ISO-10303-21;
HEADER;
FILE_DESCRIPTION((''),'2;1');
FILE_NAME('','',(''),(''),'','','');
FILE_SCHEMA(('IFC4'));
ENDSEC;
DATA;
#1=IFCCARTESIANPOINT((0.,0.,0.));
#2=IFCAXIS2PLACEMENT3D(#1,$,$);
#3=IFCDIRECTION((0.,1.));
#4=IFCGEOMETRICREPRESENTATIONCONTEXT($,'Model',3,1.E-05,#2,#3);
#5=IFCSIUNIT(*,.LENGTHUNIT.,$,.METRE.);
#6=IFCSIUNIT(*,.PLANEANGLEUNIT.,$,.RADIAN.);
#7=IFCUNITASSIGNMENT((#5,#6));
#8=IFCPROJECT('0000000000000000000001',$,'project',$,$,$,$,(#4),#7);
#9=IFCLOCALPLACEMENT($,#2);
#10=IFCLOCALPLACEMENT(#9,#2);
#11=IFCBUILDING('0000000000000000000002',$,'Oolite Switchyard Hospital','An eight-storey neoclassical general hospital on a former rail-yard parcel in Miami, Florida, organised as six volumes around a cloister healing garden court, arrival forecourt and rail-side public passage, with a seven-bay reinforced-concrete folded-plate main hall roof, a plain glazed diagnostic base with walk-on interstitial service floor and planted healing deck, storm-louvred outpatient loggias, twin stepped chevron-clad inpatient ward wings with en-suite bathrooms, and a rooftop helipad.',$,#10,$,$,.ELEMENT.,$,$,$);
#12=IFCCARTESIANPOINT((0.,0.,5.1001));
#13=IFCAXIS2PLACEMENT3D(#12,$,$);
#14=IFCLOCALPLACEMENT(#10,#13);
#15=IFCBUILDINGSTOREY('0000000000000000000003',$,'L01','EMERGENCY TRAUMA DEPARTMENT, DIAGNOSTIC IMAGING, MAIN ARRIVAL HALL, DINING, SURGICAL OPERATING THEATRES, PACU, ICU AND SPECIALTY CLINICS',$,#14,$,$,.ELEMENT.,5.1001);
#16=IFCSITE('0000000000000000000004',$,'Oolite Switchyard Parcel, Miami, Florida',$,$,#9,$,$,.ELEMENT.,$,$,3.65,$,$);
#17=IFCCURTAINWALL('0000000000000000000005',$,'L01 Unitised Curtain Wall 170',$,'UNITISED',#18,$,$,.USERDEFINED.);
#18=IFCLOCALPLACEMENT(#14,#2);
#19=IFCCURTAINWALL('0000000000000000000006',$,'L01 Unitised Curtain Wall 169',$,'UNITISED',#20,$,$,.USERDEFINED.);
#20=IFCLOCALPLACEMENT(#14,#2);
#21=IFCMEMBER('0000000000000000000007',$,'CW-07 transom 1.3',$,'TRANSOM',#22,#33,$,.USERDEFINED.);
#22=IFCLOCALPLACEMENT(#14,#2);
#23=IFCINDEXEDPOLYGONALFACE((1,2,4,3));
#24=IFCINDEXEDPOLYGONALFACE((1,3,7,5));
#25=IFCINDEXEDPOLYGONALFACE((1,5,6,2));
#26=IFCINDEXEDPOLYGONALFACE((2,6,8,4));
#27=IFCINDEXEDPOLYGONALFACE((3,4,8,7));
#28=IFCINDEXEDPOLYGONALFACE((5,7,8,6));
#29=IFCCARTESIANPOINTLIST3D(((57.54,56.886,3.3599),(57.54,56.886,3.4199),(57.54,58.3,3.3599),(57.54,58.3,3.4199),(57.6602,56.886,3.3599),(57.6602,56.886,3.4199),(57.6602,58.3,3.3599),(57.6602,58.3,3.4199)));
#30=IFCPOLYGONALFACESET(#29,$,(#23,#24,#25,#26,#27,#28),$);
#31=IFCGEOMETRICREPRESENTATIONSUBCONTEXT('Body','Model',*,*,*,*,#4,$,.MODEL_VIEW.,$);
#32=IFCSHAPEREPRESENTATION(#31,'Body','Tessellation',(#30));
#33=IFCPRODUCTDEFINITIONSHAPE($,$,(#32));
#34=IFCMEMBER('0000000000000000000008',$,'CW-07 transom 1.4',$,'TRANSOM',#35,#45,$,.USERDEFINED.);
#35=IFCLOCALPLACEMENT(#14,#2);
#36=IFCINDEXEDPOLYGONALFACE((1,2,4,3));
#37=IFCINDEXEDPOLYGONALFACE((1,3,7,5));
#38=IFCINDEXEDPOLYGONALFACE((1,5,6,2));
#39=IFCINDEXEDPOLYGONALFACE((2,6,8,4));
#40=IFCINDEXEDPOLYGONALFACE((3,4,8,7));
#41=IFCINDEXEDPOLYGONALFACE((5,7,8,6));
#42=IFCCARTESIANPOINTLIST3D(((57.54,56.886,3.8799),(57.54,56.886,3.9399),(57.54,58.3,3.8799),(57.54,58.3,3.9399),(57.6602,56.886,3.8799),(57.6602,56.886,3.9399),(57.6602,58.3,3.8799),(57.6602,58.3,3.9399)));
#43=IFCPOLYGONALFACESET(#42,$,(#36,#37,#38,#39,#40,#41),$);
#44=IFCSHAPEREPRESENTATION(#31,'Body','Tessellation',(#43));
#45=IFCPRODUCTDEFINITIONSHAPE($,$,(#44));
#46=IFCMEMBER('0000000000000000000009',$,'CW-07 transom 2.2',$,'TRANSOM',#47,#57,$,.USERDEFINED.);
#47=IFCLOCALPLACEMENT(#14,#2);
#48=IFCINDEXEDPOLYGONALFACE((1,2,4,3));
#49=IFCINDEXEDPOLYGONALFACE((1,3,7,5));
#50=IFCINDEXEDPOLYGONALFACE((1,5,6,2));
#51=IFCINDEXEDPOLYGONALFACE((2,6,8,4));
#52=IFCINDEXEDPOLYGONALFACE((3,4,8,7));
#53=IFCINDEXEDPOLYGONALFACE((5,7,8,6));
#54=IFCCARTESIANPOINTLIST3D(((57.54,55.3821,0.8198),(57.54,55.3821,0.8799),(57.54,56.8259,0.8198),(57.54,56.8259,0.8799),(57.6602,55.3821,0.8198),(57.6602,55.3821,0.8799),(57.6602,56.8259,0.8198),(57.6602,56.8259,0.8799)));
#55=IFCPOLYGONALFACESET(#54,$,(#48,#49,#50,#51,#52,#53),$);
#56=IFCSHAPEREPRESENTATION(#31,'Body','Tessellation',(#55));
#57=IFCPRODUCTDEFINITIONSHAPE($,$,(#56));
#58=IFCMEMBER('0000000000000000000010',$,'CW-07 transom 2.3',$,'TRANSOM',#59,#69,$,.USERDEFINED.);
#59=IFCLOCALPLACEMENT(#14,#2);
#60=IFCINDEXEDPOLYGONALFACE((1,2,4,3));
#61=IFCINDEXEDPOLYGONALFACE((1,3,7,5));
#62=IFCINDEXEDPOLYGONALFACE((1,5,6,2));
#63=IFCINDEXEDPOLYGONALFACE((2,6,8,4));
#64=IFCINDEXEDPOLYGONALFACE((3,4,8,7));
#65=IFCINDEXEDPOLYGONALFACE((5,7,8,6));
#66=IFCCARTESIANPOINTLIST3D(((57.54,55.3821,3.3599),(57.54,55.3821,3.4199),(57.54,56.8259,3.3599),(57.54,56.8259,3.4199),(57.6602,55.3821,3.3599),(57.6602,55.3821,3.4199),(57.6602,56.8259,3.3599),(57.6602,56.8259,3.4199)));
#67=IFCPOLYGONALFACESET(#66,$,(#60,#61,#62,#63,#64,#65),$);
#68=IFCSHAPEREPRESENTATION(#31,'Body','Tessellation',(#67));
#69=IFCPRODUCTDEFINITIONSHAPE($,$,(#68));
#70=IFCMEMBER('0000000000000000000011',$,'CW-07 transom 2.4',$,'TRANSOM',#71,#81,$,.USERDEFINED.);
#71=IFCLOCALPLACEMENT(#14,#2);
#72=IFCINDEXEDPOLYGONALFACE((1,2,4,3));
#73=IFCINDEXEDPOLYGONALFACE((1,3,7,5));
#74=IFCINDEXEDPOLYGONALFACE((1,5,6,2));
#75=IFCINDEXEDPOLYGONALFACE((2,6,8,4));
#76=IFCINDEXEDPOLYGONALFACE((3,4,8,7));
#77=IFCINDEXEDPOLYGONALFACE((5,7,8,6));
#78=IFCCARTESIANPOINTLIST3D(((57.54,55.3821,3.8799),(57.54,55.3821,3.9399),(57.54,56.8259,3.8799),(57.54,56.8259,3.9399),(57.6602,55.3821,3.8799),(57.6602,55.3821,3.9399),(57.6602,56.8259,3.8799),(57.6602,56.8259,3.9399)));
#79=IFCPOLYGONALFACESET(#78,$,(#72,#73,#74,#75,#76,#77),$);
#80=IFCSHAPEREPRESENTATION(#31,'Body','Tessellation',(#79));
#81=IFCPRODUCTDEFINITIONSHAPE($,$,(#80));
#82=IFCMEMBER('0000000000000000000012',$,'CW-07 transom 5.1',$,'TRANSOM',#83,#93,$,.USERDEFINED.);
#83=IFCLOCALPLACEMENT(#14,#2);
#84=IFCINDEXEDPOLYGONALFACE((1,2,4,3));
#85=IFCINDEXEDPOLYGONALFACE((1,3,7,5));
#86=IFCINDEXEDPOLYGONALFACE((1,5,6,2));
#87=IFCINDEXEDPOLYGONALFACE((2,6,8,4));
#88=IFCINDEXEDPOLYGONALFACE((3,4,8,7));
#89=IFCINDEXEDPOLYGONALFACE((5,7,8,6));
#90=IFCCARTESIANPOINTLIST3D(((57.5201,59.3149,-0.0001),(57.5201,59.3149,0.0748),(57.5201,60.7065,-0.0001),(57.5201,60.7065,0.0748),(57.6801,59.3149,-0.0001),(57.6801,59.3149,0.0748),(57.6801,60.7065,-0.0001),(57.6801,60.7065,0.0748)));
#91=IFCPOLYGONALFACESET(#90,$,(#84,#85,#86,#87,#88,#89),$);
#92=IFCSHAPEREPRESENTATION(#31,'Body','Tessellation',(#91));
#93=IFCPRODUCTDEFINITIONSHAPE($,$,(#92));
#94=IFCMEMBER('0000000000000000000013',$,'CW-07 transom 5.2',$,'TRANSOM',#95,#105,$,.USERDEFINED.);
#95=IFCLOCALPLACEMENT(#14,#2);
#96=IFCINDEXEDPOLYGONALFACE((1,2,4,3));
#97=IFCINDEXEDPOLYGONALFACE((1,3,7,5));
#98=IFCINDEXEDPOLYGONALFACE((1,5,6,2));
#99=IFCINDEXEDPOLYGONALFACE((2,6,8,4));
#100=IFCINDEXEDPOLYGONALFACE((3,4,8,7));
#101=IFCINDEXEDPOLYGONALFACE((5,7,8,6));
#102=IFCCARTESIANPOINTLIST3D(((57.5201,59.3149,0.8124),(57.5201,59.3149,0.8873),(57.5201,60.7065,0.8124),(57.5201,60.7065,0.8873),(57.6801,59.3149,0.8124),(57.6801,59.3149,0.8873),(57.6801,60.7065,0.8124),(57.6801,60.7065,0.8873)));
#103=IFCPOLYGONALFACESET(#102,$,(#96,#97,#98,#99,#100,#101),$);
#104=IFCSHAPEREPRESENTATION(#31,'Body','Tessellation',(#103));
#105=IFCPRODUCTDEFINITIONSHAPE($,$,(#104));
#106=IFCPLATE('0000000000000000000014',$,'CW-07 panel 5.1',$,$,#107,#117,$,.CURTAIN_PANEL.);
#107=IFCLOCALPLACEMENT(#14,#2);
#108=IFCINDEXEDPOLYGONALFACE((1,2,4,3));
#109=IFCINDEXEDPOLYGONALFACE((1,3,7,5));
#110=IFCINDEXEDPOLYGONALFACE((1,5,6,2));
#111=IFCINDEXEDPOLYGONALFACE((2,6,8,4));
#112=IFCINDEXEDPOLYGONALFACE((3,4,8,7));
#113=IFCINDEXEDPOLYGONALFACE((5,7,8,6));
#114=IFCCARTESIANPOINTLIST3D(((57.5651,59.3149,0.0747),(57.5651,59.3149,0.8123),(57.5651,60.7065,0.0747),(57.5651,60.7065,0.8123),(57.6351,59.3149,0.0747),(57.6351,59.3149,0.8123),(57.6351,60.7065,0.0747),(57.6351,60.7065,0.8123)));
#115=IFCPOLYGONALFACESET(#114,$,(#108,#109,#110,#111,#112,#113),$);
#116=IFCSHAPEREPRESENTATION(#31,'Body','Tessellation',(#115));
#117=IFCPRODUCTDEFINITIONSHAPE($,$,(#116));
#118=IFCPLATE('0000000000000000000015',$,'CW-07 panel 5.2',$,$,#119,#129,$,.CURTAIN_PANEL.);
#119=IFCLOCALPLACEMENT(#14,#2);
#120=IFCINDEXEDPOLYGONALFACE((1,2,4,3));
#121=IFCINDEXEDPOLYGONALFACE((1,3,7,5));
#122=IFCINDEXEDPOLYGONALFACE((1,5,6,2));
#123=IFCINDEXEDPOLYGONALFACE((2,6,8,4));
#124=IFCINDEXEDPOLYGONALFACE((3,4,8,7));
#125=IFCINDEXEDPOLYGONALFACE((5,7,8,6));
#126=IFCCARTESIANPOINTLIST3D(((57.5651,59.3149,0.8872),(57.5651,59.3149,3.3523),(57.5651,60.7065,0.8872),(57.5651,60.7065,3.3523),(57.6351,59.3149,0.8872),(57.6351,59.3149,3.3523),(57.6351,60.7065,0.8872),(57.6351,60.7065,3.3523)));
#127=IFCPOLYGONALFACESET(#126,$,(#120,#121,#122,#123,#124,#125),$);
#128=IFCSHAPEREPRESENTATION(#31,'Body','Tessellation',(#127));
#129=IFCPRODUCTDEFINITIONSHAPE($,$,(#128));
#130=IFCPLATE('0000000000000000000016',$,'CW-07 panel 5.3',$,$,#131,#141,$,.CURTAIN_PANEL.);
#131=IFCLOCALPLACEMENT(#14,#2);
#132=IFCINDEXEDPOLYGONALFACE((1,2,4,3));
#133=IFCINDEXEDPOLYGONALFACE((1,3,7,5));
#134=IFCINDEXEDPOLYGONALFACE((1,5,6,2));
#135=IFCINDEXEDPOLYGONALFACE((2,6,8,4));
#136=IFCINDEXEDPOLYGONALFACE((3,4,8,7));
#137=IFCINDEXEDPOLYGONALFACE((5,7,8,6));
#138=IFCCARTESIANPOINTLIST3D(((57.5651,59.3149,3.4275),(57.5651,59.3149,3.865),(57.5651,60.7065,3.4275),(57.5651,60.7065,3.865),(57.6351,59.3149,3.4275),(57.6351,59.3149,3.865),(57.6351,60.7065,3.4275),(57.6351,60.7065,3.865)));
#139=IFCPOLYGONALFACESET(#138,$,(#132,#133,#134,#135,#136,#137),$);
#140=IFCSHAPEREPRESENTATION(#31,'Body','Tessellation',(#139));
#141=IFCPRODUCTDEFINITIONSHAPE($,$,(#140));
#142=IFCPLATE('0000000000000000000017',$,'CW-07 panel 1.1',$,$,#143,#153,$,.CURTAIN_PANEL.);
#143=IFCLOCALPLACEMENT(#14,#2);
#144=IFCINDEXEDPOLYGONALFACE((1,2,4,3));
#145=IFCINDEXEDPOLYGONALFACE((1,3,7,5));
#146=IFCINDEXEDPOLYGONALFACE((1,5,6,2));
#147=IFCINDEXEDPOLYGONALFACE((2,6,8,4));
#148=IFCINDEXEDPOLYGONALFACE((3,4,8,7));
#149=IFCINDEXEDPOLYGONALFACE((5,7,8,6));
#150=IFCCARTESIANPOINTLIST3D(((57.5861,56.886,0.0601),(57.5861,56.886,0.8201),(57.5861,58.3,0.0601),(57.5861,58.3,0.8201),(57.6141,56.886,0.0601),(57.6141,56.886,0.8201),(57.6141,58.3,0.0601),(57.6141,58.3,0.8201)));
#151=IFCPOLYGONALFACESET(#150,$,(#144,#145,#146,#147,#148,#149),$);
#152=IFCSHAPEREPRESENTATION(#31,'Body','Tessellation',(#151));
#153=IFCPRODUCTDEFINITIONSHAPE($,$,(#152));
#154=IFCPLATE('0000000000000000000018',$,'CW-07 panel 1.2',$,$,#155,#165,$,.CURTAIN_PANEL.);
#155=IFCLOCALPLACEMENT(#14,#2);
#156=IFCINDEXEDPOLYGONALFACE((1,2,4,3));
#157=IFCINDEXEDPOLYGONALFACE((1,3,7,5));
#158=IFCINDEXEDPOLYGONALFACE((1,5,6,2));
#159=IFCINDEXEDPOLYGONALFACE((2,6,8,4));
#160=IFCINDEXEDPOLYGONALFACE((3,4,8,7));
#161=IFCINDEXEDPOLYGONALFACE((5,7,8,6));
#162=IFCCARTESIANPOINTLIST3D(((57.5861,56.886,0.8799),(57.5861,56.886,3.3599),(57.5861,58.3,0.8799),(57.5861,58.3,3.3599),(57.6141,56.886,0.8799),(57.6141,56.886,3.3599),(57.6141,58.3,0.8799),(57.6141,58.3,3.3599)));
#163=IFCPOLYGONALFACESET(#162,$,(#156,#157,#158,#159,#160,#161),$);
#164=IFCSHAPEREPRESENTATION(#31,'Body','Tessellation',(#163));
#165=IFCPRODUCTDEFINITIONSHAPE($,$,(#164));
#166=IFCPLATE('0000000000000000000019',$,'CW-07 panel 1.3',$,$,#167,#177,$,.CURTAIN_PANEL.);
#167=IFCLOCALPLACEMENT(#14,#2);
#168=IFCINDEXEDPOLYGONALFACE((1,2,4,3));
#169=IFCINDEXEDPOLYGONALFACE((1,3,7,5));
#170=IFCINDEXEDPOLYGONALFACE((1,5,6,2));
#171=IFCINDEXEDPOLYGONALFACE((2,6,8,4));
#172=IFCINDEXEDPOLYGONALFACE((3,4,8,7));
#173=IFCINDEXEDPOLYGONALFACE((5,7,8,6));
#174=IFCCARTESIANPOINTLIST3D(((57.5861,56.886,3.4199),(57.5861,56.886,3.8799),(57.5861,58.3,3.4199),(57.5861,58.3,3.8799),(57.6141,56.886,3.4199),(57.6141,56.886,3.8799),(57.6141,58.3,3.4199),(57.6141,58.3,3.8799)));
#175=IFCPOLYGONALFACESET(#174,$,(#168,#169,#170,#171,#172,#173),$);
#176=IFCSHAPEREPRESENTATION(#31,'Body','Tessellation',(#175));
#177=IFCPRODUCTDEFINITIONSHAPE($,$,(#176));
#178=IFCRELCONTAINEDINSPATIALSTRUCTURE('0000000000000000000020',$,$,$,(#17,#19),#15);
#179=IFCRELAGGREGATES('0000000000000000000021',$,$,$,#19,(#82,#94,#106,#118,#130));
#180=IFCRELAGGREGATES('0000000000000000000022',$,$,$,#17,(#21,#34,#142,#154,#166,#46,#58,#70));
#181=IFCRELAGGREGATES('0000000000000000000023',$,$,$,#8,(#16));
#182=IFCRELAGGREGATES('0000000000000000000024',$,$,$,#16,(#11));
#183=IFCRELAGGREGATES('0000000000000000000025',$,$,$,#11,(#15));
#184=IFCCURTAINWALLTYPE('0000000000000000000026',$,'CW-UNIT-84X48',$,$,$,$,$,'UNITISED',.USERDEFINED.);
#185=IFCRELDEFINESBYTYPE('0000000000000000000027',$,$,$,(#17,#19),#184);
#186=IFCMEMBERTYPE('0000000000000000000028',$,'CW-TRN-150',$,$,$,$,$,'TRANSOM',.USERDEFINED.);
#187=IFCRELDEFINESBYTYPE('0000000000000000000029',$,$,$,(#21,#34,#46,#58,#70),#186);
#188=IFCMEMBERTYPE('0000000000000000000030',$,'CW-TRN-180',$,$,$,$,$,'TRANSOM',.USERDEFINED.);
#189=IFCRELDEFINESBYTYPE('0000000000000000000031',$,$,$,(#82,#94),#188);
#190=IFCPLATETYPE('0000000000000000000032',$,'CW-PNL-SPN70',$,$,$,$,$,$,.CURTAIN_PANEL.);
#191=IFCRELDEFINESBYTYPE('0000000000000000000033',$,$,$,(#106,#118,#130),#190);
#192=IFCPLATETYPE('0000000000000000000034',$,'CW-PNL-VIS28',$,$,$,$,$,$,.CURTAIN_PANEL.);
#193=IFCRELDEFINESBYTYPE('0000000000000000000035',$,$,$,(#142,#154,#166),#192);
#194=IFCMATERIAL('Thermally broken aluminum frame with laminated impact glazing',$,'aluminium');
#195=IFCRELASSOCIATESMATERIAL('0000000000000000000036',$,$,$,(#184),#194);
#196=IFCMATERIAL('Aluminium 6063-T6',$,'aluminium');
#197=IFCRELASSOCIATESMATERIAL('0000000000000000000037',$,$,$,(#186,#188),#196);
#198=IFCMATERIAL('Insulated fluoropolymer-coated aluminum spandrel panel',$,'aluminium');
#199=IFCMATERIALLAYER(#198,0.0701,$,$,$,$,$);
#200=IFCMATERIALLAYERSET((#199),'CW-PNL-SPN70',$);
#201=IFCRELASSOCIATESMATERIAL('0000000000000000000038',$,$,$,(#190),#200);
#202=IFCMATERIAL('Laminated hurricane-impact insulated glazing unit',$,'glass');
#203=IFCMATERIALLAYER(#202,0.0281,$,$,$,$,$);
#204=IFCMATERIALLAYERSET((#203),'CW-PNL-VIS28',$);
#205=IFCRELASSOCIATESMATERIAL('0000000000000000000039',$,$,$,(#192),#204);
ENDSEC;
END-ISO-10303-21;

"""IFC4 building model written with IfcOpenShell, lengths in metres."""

from ifc_helpers import new_model, si_unit, direction, frame, origin, origin_2d, place, context, subcontext, project, spatial, rectangle, extrude, material, layer, layer_set, material_profile, profile_set, type_object, element, aggregate, save


model = new_model("IFC4")

# Units and contexts
model_context = context("Model", 3, precision=1e-05, world=origin(), true_north=direction((0.0, 1.0)))
body_context = subcontext(model_context, "Body", "Model", "MODEL_VIEW")
ifc_project = project(units=[si_unit("LENGTHUNIT", "METRE"), si_unit("PLANEANGLEUNIT", "RADIAN")], contexts=[model_context])

# Site, building, storey
site_placement = place(None, origin())
site = spatial("IfcSite", under=ifc_project, at=site_placement, Name="Oolite Switchyard Parcel, Miami, Florida", CompositionType="ELEMENT", RefElevation=3.65)
building_placement = place(site_placement, origin())
building = spatial("IfcBuilding", under=site, at=building_placement, Name="Oolite Switchyard Hospital", Description="An eight-storey neoclassical general hospital on a former rail-yard parcel in Miami, Florida, organised as six volumes around a cloister healing garden court, arrival forecourt and rail-side public passage, with a seven-bay reinforced-concrete folded-plate main hall roof, a plain glazed diagnostic base with walk-on interstitial service floor and planted healing deck, storm-louvred outpatient loggias, twin stepped chevron-clad inpatient ward wings with en-suite bathrooms, and a rooftop helipad.", CompositionType="ELEMENT")
storey_placement = place(building_placement, frame((0.0, 0.0, 5.1001)))
storey = spatial("IfcBuildingStorey", under=building, at=storey_placement, Name="L01", Description="EMERGENCY TRAUMA DEPARTMENT, DIAGNOSTIC IMAGING, MAIN ARRIVAL HALL, DINING, SURGICAL OPERATING THEATRES, PACU, ICU AND SPECIALTY CLINICS", CompositionType="ELEMENT", Elevation=5.1001)

# Curtain wall
ifc_material_1 = material(Name="Thermally broken aluminum frame with laminated impact glazing", Category="aluminium")
curtain_wall_type = type_object("IfcCurtainWallType", Name="CW-UNIT-84X48", ElementType="UNITISED", PredefinedType="USERDEFINED", material=ifc_material_1)
curtain_wall_1_placement = place(storey_placement, origin())
curtain_wall_1 = element("IfcCurtainWall", 1, at=curtain_wall_1_placement, inside=storey, type_object=curtain_wall_type, Name="L01 Unitised Curtain Wall 170", ObjectType="UNITISED", PredefinedType="USERDEFINED")
ifc_material_2 = material(Name="Aluminium 6063-T6", Category="aluminium")

# Curtain wall
curtain_wall_2_placement = place(storey_placement, origin())
curtain_wall_2 = element("IfcCurtainWall", 2, at=curtain_wall_2_placement, inside=storey, type_object=curtain_wall_type, Name="L01 Unitised Curtain Wall 169", ObjectType="UNITISED", PredefinedType="USERDEFINED")

# Members
ifc_material_profile_1 = material_profile(ifc_material_2, rectangle(XDim=0.1201, YDim=0.0601, at=origin_2d()), Name="CWT60X120")
ifc_profile_set_1 = profile_set([ifc_material_profile_1], Name="Aluminium 6063-T6")
member_type_1 = type_object("IfcMemberType", Name="CW-TRN-150", ElementType="TRANSOM", PredefinedType="USERDEFINED", material=ifc_profile_set_1)
member_1_placement = place(storey_placement, frame((57.6001, 58.3, 3.3899), z_axis=(0.0, -1.0, 0.0), x_axis=(1.0, 0.0, 0.0)))
member_1 = element("IfcMember", 3, at=member_1_placement, type_object=member_type_1, Name="CW-07 transom 1.3", ObjectType="TRANSOM", PredefinedType="USERDEFINED", context=body_context, shape_type="SweptSolid", body=[
    extrude(rectangle(XDim=0.1201, YDim=0.0601, at=origin_2d()), origin(), (0.0, 0.0, 1.0), 1.4141),
])
member_2_placement = place(storey_placement, frame((57.6001, 58.3, 3.9099), z_axis=(0.0, -1.0, 0.0), x_axis=(1.0, 0.0, 0.0)))
member_2 = element("IfcMember", 4, at=member_2_placement, type_object=member_type_1, Name="CW-07 transom 1.4", ObjectType="TRANSOM", PredefinedType="USERDEFINED", context=body_context, shape_type="SweptSolid", body=[
    extrude(rectangle(XDim=0.1201, YDim=0.0601, at=origin_2d()), origin(), (0.0, 0.0, 1.0), 1.4141),
])
member_3_placement = place(storey_placement, frame((57.6001, 56.8259, 0.8499), z_axis=(0.0, -1.0, 0.0), x_axis=(1.0, 0.0, 0.0)))
member_3 = element("IfcMember", 5, at=member_3_placement, type_object=member_type_1, Name="CW-07 transom 2.2", ObjectType="TRANSOM", PredefinedType="USERDEFINED", context=body_context, shape_type="SweptSolid", body=[
    extrude(rectangle(XDim=0.1201, YDim=0.0601, at=origin_2d()), origin(), (0.0, 0.0, 1.0), 1.4438),
])
member_4_placement = place(storey_placement, frame((57.6001, 56.8259, 3.3899), z_axis=(0.0, -1.0, 0.0), x_axis=(1.0, 0.0, 0.0)))
member_4 = element("IfcMember", 6, at=member_4_placement, type_object=member_type_1, Name="CW-07 transom 2.3", ObjectType="TRANSOM", PredefinedType="USERDEFINED", context=body_context, shape_type="SweptSolid", body=[
    extrude(rectangle(XDim=0.1201, YDim=0.0601, at=origin_2d()), origin(), (0.0, 0.0, 1.0), 1.4438),
])
member_5_placement = place(storey_placement, frame((57.6001, 56.8259, 3.9099), z_axis=(0.0, -1.0, 0.0), x_axis=(1.0, 0.0, 0.0)))
member_5 = element("IfcMember", 7, at=member_5_placement, type_object=member_type_1, Name="CW-07 transom 2.4", ObjectType="TRANSOM", PredefinedType="USERDEFINED", context=body_context, shape_type="SweptSolid", body=[
    extrude(rectangle(XDim=0.1201, YDim=0.0601, at=origin_2d()), origin(), (0.0, 0.0, 1.0), 1.4438),
])
ifc_material_profile_2 = material_profile(ifc_material_2, rectangle(XDim=0.1599, YDim=0.075, at=origin_2d()), Name="CWT75X160")
ifc_profile_set_2 = profile_set([ifc_material_profile_2], Name="Aluminium 6063-T6")
member_type_2 = type_object("IfcMemberType", Name="CW-TRN-180", ElementType="TRANSOM", PredefinedType="USERDEFINED", material=ifc_profile_set_2)
member_6_placement = place(storey_placement, frame((57.6001, 60.7065, 0.0374), z_axis=(0.0, -1.0, 0.0), x_axis=(1.0, 0.0, 0.0)))
member_6 = element("IfcMember", 8, at=member_6_placement, type_object=member_type_2, Name="CW-07 transom 5.1", ObjectType="TRANSOM", PredefinedType="USERDEFINED", context=body_context, shape_type="SweptSolid", body=[
    extrude(rectangle(XDim=0.1599, YDim=0.075, at=origin_2d()), origin(), (0.0, 0.0, 1.0), 1.3916),
])
member_7_placement = place(storey_placement, frame((57.6001, 60.7065, 0.8499), z_axis=(0.0, -1.0, 0.0), x_axis=(1.0, 0.0, 0.0)))
member_7 = element("IfcMember", 9, at=member_7_placement, type_object=member_type_2, Name="CW-07 transom 5.2", ObjectType="TRANSOM", PredefinedType="USERDEFINED", context=body_context, shape_type="SweptSolid", body=[
    extrude(rectangle(XDim=0.1599, YDim=0.075, at=origin_2d()), origin(), (0.0, 0.0, 1.0), 1.3916),
])

# Plates
ifc_material_3 = material(Name="Insulated fluoropolymer-coated aluminum spandrel panel", Category="aluminium")
ifc_layer_1 = layer(ifc_material_3, 0.0701)
ifc_layer_set_1 = layer_set([ifc_layer_1], Name="CW-PNL-SPN70")
plate_type_1 = type_object("IfcPlateType", Name="CW-PNL-SPN70", PredefinedType="CURTAIN_PANEL", material=ifc_layer_set_1)
plate_1_placement = place(storey_placement, frame((57.6001, 60.0107, 0.0747), z_axis=(0.0, 0.0, 1.0), x_axis=(0.0, -1.0, 0.0)))
plate_1 = element("IfcPlate", 10, at=plate_1_placement, type_object=plate_type_1, Name="CW-07 panel 5.1", PredefinedType="CURTAIN_PANEL", context=body_context, shape_type="SweptSolid", body=[
    extrude(rectangle(XDim=1.3916, YDim=0.0701, at=origin_2d()), origin(), (0.0, 0.0, 1.0), 0.7375),
])
plate_2_placement = place(storey_placement, frame((57.6001, 60.0107, 0.8872), z_axis=(0.0, 0.0, 1.0), x_axis=(0.0, -1.0, 0.0)))
plate_2 = element("IfcPlate", 11, at=plate_2_placement, type_object=plate_type_1, Name="CW-07 panel 5.2", PredefinedType="CURTAIN_PANEL", context=body_context, shape_type="SweptSolid", body=[
    extrude(rectangle(XDim=1.3916, YDim=0.0701, at=origin_2d()), origin(), (0.0, 0.0, 1.0), 2.4651),
])
plate_3_placement = place(storey_placement, frame((57.6001, 60.0107, 3.4275), z_axis=(0.0, 0.0, 1.0), x_axis=(0.0, -1.0, 0.0)))
plate_3 = element("IfcPlate", 12, at=plate_3_placement, type_object=plate_type_1, Name="CW-07 panel 5.3", PredefinedType="CURTAIN_PANEL", context=body_context, shape_type="SweptSolid", body=[
    extrude(rectangle(XDim=1.3916, YDim=0.0701, at=origin_2d()), origin(), (0.0, 0.0, 1.0), 0.4375),
])
aggregate(curtain_wall_2, [member_6, member_7, plate_1, plate_2, plate_3])
ifc_material_4 = material(Name="Laminated hurricane-impact insulated glazing unit", Category="glass")
ifc_layer_2 = layer(ifc_material_4, 0.0281)
ifc_layer_set_2 = layer_set([ifc_layer_2], Name="CW-PNL-VIS28")
plate_type_2 = type_object("IfcPlateType", Name="CW-PNL-VIS28", PredefinedType="CURTAIN_PANEL", material=ifc_layer_set_2)
plate_4_placement = place(storey_placement, frame((57.6001, 57.593, 0.0601), z_axis=(0.0, 0.0, 1.0), x_axis=(0.0, -1.0, 0.0)))
plate_4 = element("IfcPlate", 13, at=plate_4_placement, type_object=plate_type_2, Name="CW-07 panel 1.1", PredefinedType="CURTAIN_PANEL", context=body_context, shape_type="SweptSolid", body=[
    extrude(rectangle(XDim=1.4141, YDim=0.0281, at=origin_2d()), origin(), (0.0, 0.0, 1.0), 0.76),
])
plate_5_placement = place(storey_placement, frame((57.6001, 57.593, 0.8799), z_axis=(0.0, 0.0, 1.0), x_axis=(0.0, -1.0, 0.0)))
plate_5 = element("IfcPlate", 14, at=plate_5_placement, type_object=plate_type_2, Name="CW-07 panel 1.2", PredefinedType="CURTAIN_PANEL", context=body_context, shape_type="SweptSolid", body=[
    extrude(rectangle(XDim=1.4141, YDim=0.0281, at=origin_2d()), origin(), (0.0, 0.0, 1.0), 2.48),
])
plate_6_placement = place(storey_placement, frame((57.6001, 57.593, 3.4199), z_axis=(0.0, 0.0, 1.0), x_axis=(0.0, -1.0, 0.0)))
plate_6 = element("IfcPlate", 15, at=plate_6_placement, type_object=plate_type_2, Name="CW-07 panel 1.3", PredefinedType="CURTAIN_PANEL", context=body_context, shape_type="SweptSolid", body=[
    extrude(rectangle(XDim=1.4141, YDim=0.0281, at=origin_2d()), origin(), (0.0, 0.0, 1.0), 0.46),
])
aggregate(curtain_wall_1, [member_1, member_2, plate_4, plate_5, plate_6, member_3, member_4, member_5])

save(model, "model.ifc")
